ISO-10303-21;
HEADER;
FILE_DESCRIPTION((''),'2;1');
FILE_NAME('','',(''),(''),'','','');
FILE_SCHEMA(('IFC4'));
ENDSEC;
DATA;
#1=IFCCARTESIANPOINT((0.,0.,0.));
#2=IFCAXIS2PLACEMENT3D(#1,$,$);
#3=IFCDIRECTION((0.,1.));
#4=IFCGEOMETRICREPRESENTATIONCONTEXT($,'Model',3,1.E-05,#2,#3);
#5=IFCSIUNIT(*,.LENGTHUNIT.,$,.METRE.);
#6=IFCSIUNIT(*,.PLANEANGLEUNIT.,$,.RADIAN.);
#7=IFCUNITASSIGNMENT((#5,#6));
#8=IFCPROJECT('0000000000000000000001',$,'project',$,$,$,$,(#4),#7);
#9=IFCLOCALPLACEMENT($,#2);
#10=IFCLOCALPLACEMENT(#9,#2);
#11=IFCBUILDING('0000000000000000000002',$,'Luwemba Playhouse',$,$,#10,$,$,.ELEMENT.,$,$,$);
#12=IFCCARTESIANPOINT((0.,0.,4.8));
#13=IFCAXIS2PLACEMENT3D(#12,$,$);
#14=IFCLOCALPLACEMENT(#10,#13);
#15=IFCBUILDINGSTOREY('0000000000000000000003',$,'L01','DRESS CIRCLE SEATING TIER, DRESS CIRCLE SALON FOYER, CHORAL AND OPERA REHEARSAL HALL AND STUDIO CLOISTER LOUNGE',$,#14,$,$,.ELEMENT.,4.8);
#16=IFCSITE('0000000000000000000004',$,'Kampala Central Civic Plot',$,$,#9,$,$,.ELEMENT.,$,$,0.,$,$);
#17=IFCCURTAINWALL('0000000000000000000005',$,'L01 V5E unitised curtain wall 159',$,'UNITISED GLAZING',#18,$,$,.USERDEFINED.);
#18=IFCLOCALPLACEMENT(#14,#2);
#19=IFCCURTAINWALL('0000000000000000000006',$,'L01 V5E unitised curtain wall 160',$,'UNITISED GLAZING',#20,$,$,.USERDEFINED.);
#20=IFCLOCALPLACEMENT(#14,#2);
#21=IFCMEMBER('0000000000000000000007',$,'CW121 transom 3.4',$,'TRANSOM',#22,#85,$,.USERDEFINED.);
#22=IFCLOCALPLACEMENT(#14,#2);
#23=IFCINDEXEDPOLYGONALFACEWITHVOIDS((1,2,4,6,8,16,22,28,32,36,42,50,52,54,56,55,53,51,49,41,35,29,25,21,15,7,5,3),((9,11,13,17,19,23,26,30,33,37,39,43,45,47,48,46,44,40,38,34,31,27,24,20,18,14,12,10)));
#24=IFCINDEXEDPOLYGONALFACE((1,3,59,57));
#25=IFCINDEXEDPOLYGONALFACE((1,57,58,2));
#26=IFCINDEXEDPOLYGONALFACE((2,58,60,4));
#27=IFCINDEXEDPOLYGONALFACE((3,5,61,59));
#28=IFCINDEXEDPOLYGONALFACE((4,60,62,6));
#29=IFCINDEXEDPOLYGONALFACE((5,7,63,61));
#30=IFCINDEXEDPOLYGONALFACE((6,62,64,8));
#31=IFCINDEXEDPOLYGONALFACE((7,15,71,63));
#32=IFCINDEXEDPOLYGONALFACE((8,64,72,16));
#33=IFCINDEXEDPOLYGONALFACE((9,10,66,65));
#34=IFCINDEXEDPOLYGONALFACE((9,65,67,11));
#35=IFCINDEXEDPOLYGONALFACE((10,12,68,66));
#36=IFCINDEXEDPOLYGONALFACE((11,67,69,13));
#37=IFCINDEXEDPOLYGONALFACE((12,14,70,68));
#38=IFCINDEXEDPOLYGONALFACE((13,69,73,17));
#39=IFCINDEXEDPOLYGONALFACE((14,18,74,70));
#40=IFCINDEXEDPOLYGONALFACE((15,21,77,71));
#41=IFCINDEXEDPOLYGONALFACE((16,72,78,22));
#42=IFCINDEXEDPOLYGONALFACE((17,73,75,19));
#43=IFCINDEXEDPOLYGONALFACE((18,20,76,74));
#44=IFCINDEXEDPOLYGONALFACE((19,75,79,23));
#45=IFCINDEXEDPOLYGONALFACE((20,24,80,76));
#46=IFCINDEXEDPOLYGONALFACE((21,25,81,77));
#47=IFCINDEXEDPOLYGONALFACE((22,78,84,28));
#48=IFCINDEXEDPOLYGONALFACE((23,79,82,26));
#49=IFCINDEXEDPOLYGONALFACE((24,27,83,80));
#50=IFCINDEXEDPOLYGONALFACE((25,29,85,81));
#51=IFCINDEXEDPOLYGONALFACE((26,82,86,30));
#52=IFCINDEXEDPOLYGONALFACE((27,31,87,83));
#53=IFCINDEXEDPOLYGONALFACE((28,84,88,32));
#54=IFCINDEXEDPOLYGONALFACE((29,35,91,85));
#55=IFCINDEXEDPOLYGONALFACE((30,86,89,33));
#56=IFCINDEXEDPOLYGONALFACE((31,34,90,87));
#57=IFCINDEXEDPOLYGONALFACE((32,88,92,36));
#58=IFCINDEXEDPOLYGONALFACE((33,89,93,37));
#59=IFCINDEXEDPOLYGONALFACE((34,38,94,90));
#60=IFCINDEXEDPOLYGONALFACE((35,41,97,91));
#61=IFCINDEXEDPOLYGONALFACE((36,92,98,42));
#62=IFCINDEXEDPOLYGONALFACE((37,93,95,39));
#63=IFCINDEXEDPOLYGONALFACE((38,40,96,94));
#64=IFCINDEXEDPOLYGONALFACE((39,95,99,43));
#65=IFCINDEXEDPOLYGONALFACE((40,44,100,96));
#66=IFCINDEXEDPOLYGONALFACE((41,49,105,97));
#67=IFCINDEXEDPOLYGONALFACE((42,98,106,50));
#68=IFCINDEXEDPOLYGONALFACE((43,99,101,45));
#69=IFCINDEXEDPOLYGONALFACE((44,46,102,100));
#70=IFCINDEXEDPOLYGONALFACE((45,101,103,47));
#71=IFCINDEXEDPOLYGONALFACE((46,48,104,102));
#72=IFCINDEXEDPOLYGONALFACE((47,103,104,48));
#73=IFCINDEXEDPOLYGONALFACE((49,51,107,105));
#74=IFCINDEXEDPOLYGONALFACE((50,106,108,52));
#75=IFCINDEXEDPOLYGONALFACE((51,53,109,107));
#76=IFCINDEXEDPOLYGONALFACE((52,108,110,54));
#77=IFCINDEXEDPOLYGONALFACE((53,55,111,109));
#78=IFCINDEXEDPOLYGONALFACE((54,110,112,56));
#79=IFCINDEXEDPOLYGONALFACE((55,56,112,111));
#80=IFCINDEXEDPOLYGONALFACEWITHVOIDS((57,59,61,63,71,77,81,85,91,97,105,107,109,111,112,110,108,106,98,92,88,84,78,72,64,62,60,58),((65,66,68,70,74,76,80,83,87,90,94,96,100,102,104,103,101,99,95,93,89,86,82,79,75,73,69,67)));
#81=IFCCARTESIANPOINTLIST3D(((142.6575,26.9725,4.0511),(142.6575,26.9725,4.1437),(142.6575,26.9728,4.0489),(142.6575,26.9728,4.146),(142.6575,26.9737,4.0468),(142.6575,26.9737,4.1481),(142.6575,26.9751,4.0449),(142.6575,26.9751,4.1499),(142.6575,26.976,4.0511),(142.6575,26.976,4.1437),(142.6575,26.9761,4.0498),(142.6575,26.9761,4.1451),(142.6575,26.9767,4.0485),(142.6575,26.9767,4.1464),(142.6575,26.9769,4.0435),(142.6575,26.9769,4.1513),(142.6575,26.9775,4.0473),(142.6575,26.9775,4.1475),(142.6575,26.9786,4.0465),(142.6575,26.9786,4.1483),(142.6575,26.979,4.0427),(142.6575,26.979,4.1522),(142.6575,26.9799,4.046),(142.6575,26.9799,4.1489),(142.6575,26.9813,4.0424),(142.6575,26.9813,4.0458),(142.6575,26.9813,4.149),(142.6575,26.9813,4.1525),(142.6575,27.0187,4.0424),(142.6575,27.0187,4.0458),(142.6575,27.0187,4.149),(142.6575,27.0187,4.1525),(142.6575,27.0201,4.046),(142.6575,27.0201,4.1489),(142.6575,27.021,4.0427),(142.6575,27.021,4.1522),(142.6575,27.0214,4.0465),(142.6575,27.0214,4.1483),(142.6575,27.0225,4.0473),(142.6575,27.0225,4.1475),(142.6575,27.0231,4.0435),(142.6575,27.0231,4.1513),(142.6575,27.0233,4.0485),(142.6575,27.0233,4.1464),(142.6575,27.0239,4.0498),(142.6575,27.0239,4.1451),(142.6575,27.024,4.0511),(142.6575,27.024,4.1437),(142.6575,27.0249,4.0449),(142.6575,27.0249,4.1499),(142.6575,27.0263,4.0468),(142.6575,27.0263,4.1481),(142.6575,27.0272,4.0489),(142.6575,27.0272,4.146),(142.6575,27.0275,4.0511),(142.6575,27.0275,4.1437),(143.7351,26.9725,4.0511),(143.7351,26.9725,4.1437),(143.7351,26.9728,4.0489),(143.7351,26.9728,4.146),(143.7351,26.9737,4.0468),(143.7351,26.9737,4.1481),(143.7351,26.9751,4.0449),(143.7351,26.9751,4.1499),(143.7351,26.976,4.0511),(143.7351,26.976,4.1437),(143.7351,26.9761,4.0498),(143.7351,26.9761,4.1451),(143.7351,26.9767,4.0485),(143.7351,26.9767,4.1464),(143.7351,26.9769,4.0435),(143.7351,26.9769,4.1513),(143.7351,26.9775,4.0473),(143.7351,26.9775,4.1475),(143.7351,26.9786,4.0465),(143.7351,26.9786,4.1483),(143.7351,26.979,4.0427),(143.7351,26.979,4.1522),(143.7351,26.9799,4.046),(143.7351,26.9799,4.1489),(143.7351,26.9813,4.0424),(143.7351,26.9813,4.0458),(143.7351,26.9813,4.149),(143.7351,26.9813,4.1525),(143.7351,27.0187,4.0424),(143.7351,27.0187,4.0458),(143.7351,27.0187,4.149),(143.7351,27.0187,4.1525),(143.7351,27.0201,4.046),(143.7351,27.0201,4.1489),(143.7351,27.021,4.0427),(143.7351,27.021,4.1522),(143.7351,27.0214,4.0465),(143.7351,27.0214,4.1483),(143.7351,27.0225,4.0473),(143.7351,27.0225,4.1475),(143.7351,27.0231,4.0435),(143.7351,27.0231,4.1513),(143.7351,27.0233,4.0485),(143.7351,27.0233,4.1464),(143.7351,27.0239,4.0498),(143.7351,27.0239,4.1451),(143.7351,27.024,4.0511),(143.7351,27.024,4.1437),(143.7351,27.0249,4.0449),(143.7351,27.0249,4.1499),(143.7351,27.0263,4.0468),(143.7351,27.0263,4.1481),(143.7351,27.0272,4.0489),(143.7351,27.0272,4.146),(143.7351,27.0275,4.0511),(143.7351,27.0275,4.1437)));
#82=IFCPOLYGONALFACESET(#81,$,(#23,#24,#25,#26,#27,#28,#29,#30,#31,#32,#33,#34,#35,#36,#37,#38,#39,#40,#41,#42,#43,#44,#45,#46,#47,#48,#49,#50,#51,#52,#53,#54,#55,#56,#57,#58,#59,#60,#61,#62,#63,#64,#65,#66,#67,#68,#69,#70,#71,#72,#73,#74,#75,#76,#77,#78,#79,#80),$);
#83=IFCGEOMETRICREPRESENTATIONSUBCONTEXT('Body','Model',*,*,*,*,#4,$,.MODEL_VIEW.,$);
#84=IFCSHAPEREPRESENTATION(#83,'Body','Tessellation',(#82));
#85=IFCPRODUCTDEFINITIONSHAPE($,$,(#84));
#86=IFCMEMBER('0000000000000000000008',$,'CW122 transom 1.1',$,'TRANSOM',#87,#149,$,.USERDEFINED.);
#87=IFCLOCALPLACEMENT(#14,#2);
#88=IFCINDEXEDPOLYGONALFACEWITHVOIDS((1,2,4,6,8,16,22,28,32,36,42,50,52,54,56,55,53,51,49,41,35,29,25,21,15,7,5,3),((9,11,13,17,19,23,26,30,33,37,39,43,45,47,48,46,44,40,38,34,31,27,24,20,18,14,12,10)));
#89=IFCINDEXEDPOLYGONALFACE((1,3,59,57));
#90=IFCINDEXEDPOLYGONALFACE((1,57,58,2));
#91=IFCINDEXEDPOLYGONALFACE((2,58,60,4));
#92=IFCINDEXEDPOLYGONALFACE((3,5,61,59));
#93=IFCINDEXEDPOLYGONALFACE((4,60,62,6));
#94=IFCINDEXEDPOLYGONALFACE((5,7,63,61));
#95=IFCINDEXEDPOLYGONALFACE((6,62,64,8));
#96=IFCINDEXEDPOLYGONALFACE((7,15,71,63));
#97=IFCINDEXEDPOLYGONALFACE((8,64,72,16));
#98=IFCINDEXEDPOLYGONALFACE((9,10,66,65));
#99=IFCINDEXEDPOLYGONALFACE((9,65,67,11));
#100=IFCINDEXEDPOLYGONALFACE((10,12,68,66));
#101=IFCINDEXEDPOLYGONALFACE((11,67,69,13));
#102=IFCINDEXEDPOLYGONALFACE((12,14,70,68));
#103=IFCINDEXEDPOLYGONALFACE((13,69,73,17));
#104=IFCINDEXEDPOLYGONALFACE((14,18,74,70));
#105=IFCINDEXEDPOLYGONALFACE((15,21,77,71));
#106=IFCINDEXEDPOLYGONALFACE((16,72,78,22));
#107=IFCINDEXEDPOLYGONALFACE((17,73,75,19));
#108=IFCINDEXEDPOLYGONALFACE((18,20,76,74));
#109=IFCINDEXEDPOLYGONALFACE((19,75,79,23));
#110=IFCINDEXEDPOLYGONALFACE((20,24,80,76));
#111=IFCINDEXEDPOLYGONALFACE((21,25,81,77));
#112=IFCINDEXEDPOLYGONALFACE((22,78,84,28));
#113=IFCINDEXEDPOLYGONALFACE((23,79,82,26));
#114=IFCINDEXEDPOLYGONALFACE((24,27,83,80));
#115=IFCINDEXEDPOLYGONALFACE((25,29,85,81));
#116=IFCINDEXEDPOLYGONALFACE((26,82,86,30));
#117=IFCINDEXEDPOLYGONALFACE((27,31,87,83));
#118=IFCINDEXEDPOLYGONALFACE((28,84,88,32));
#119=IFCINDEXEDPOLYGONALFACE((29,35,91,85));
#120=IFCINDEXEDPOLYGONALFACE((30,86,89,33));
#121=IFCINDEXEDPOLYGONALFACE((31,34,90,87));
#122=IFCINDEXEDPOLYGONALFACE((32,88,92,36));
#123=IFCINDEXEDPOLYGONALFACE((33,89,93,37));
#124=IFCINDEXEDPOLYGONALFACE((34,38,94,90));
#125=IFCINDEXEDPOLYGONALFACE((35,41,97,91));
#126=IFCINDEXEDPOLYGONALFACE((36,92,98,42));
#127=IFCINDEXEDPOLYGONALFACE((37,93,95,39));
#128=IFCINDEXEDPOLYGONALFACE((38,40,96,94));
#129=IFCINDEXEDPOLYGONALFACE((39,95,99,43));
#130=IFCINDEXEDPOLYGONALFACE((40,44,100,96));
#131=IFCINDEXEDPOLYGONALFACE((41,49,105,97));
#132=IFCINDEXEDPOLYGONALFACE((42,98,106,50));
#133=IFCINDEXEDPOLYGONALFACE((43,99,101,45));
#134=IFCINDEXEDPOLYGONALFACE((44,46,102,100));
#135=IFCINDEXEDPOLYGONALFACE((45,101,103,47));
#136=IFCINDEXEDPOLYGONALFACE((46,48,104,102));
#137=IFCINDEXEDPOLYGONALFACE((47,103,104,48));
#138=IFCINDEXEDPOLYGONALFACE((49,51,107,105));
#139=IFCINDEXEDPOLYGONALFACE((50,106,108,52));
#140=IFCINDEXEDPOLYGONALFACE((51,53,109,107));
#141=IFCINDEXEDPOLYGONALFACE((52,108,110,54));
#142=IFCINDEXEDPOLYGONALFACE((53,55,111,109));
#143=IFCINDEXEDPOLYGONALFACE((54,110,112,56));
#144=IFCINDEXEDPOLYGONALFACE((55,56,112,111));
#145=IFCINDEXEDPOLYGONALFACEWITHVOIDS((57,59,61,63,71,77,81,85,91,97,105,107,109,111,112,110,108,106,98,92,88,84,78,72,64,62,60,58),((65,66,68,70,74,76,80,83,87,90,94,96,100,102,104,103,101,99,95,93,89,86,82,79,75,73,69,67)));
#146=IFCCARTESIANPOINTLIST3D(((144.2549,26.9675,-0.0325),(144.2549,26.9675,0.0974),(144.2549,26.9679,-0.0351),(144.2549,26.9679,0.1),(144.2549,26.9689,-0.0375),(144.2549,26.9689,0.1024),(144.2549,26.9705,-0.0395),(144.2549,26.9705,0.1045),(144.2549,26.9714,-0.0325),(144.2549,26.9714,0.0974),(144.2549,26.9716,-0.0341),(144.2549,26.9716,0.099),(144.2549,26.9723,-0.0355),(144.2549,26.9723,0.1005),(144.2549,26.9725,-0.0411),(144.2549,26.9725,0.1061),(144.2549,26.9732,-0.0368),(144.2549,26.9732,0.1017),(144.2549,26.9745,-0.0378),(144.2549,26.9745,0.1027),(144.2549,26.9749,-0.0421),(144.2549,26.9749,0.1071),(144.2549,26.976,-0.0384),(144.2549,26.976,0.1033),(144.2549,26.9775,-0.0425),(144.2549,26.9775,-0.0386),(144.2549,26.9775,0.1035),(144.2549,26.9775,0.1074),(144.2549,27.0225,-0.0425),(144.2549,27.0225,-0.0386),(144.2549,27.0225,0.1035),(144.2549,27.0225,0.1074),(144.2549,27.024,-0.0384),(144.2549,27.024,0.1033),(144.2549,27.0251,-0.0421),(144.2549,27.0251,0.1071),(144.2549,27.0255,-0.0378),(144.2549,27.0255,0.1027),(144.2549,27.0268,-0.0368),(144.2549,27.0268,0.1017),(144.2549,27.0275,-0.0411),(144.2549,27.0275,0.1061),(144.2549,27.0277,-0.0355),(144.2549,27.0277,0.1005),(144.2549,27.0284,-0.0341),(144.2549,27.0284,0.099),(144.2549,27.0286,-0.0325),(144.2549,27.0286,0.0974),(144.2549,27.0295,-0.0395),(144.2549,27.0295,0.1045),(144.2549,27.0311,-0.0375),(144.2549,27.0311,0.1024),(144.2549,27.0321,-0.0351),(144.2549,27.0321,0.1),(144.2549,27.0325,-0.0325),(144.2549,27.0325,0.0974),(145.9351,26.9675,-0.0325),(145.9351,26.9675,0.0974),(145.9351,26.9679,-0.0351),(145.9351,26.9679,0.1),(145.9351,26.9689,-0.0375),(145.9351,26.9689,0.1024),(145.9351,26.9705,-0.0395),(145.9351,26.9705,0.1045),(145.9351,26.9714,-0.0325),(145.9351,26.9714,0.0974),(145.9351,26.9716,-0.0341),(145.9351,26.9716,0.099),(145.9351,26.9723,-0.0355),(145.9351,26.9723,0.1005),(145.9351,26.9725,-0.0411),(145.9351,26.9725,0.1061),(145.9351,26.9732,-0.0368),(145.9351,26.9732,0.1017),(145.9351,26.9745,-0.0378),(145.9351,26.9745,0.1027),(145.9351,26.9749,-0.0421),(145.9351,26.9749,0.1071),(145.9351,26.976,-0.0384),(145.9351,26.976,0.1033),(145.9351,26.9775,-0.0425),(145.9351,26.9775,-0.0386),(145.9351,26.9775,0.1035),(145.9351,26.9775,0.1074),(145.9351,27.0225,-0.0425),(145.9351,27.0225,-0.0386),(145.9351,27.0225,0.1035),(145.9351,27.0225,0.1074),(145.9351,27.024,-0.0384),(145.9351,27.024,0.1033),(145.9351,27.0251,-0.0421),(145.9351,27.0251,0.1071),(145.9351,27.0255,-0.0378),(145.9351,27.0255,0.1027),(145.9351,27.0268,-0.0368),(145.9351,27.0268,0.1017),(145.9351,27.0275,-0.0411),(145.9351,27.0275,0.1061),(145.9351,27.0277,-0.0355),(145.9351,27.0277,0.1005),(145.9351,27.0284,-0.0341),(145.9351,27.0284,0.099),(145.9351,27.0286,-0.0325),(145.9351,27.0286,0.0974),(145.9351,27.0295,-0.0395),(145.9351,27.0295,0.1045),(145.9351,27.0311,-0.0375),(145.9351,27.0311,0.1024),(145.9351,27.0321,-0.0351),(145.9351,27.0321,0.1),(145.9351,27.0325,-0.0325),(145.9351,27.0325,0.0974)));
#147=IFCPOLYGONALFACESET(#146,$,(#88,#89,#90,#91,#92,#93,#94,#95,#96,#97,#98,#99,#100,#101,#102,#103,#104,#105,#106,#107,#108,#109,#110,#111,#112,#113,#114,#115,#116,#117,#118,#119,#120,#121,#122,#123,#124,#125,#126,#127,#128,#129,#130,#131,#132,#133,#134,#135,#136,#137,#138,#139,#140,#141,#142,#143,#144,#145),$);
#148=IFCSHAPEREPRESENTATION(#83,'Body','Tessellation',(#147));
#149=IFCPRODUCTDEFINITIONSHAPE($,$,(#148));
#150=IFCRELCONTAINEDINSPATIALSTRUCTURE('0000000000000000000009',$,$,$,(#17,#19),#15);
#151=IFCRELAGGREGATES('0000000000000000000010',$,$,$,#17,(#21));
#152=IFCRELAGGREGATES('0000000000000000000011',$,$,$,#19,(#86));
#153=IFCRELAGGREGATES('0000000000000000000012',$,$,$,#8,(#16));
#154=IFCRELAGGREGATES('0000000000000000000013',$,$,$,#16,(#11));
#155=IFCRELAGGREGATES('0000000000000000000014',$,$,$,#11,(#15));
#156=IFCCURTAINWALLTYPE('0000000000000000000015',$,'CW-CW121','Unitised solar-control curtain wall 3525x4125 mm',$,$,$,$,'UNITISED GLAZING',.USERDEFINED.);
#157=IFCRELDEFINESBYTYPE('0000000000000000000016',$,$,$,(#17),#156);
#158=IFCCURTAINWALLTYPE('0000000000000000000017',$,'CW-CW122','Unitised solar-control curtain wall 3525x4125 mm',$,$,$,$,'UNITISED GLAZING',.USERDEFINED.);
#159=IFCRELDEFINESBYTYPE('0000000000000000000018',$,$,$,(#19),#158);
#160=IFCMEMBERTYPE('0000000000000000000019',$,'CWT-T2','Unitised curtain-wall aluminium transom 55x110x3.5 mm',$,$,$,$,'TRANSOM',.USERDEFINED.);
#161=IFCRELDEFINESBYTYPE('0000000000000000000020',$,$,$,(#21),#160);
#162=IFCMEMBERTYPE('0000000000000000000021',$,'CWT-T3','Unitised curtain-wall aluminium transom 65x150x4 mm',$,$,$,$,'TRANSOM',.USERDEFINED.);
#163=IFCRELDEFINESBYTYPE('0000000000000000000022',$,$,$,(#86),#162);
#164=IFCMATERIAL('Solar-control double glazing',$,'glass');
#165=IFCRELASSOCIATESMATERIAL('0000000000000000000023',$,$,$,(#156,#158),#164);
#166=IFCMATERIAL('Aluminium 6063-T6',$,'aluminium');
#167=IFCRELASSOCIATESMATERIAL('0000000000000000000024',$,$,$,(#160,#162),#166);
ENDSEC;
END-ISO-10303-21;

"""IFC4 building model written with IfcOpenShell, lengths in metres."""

from ifc_helpers import new_model, si_unit, direction, frame, origin, origin_2d, place, context, subcontext, project, spatial, hollow_rectangle, extrude, material, material_profile, profile_set, type_object, element, aggregate, save


model = new_model("IFC4")

# Units and contexts
model_context = context("Model", 3, precision=1e-05, world=origin(), true_north=direction((0.0, 1.0)))
body_context = subcontext(model_context, "Body", "Model", "MODEL_VIEW")
ifc_project = project(units=[si_unit("LENGTHUNIT", "METRE"), si_unit("PLANEANGLEUNIT", "RADIAN")], contexts=[model_context])

# Site, building, storey
site_placement = place(None, origin())
site = spatial("IfcSite", under=ifc_project, at=site_placement, Name="Kampala Central Civic Plot", CompositionType="ELEMENT", RefElevation=0.0)
building_placement = place(site_placement, origin())
building = spatial("IfcBuilding", under=site, at=building_placement, Name="Luwemba Playhouse", CompositionType="ELEMENT")
storey_placement = place(building_placement, frame((0.0, 0.0, 4.8)))
storey = spatial("IfcBuildingStorey", under=building, at=storey_placement, Name="L01", Description="DRESS CIRCLE SEATING TIER, DRESS CIRCLE SALON FOYER, CHORAL AND OPERA REHEARSAL HALL AND STUDIO CLOISTER LOUNGE", CompositionType="ELEMENT", Elevation=4.8)

# Curtain walls
ifc_material_1 = material(Name="Solar-control double glazing", Category="glass")
curtain_wall_type_1 = type_object("IfcCurtainWallType", Name="CW-CW121", Description="Unitised solar-control curtain wall 3525x4125 mm", ElementType="UNITISED GLAZING", PredefinedType="USERDEFINED", material=ifc_material_1)
curtain_wall_1_placement = place(storey_placement, origin())
curtain_wall_1 = element("IfcCurtainWall", 1, at=curtain_wall_1_placement, inside=storey, type_object=curtain_wall_type_1, Name="L01 V5E unitised curtain wall 159", ObjectType="UNITISED GLAZING", PredefinedType="USERDEFINED")
ifc_material_2 = material(Name="Aluminium 6063-T6", Category="aluminium")
curtain_wall_type_2 = type_object("IfcCurtainWallType", Name="CW-CW122", Description="Unitised solar-control curtain wall 3525x4125 mm", ElementType="UNITISED GLAZING", PredefinedType="USERDEFINED", material=ifc_material_1)
curtain_wall_2_placement = place(storey_placement, origin())
curtain_wall_2 = element("IfcCurtainWall", 2, at=curtain_wall_2_placement, inside=storey, type_object=curtain_wall_type_2, Name="L01 V5E unitised curtain wall 160", ObjectType="UNITISED GLAZING", PredefinedType="USERDEFINED")

# Members
ifc_material_profile_1 = material_profile(ifc_material_2, hollow_rectangle(XDim=0.0549, YDim=0.1101, WallThickness=0.0034, InnerFilletRadius=0.0054, OuterFilletRadius=0.0088, at=origin_2d()))
ifc_profile_set_1 = profile_set([ifc_material_profile_1], Name="Aluminium 6063-T6")
member_type_1 = type_object("IfcMemberType", Name="CWT-T2", Description="Unitised curtain-wall aluminium transom 55x110x3.5 mm", ElementType="TRANSOM", PredefinedType="USERDEFINED", material=ifc_profile_set_1)
member_1_placement = place(storey_placement, frame((142.6575, 27.0, 4.0974), z_axis=(1.0, 0.0, 0.0), x_axis=(0.0, 1.0, 0.0)))
member_1 = element("IfcMember", 3, at=member_1_placement, type_object=member_type_1, Name="CW121 transom 3.4", ObjectType="TRANSOM", PredefinedType="USERDEFINED", context=body_context, shape_type="SweptSolid", body=[
    extrude(hollow_rectangle(XDim=0.0549, YDim=0.1101, WallThickness=0.0034, InnerFilletRadius=0.0054, OuterFilletRadius=0.0088, at=origin_2d()), origin(), (0.0, 0.0, 1.0), 1.0776),
])
ifc_material_profile_2 = material_profile(ifc_material_2, hollow_rectangle(XDim=0.0649, YDim=0.1499, WallThickness=0.0039, InnerFilletRadius=0.0061, OuterFilletRadius=0.01, at=origin_2d()))
ifc_profile_set_2 = profile_set([ifc_material_profile_2], Name="Aluminium 6063-T6")
member_type_2 = type_object("IfcMemberType", Name="CWT-T3", Description="Unitised curtain-wall aluminium transom 65x150x4 mm", ElementType="TRANSOM", PredefinedType="USERDEFINED", material=ifc_profile_set_2)
member_2_placement = place(storey_placement, frame((144.2549, 27.0, 0.0325), z_axis=(1.0, 0.0, 0.0), x_axis=(0.0, 1.0, 0.0)))
member_2 = element("IfcMember", 4, at=member_2_placement, type_object=member_type_2, Name="CW122 transom 1.1", ObjectType="TRANSOM", PredefinedType="USERDEFINED", context=body_context, shape_type="SweptSolid", body=[
    extrude(hollow_rectangle(XDim=0.0649, YDim=0.1499, WallThickness=0.0039, InnerFilletRadius=0.0061, OuterFilletRadius=0.01, at=origin_2d()), origin(), (0.0, 0.0, 1.0), 1.6802),
])

aggregate(curtain_wall_1, [member_1])
aggregate(curtain_wall_2, [member_2])

save(model, "model.ifc")
